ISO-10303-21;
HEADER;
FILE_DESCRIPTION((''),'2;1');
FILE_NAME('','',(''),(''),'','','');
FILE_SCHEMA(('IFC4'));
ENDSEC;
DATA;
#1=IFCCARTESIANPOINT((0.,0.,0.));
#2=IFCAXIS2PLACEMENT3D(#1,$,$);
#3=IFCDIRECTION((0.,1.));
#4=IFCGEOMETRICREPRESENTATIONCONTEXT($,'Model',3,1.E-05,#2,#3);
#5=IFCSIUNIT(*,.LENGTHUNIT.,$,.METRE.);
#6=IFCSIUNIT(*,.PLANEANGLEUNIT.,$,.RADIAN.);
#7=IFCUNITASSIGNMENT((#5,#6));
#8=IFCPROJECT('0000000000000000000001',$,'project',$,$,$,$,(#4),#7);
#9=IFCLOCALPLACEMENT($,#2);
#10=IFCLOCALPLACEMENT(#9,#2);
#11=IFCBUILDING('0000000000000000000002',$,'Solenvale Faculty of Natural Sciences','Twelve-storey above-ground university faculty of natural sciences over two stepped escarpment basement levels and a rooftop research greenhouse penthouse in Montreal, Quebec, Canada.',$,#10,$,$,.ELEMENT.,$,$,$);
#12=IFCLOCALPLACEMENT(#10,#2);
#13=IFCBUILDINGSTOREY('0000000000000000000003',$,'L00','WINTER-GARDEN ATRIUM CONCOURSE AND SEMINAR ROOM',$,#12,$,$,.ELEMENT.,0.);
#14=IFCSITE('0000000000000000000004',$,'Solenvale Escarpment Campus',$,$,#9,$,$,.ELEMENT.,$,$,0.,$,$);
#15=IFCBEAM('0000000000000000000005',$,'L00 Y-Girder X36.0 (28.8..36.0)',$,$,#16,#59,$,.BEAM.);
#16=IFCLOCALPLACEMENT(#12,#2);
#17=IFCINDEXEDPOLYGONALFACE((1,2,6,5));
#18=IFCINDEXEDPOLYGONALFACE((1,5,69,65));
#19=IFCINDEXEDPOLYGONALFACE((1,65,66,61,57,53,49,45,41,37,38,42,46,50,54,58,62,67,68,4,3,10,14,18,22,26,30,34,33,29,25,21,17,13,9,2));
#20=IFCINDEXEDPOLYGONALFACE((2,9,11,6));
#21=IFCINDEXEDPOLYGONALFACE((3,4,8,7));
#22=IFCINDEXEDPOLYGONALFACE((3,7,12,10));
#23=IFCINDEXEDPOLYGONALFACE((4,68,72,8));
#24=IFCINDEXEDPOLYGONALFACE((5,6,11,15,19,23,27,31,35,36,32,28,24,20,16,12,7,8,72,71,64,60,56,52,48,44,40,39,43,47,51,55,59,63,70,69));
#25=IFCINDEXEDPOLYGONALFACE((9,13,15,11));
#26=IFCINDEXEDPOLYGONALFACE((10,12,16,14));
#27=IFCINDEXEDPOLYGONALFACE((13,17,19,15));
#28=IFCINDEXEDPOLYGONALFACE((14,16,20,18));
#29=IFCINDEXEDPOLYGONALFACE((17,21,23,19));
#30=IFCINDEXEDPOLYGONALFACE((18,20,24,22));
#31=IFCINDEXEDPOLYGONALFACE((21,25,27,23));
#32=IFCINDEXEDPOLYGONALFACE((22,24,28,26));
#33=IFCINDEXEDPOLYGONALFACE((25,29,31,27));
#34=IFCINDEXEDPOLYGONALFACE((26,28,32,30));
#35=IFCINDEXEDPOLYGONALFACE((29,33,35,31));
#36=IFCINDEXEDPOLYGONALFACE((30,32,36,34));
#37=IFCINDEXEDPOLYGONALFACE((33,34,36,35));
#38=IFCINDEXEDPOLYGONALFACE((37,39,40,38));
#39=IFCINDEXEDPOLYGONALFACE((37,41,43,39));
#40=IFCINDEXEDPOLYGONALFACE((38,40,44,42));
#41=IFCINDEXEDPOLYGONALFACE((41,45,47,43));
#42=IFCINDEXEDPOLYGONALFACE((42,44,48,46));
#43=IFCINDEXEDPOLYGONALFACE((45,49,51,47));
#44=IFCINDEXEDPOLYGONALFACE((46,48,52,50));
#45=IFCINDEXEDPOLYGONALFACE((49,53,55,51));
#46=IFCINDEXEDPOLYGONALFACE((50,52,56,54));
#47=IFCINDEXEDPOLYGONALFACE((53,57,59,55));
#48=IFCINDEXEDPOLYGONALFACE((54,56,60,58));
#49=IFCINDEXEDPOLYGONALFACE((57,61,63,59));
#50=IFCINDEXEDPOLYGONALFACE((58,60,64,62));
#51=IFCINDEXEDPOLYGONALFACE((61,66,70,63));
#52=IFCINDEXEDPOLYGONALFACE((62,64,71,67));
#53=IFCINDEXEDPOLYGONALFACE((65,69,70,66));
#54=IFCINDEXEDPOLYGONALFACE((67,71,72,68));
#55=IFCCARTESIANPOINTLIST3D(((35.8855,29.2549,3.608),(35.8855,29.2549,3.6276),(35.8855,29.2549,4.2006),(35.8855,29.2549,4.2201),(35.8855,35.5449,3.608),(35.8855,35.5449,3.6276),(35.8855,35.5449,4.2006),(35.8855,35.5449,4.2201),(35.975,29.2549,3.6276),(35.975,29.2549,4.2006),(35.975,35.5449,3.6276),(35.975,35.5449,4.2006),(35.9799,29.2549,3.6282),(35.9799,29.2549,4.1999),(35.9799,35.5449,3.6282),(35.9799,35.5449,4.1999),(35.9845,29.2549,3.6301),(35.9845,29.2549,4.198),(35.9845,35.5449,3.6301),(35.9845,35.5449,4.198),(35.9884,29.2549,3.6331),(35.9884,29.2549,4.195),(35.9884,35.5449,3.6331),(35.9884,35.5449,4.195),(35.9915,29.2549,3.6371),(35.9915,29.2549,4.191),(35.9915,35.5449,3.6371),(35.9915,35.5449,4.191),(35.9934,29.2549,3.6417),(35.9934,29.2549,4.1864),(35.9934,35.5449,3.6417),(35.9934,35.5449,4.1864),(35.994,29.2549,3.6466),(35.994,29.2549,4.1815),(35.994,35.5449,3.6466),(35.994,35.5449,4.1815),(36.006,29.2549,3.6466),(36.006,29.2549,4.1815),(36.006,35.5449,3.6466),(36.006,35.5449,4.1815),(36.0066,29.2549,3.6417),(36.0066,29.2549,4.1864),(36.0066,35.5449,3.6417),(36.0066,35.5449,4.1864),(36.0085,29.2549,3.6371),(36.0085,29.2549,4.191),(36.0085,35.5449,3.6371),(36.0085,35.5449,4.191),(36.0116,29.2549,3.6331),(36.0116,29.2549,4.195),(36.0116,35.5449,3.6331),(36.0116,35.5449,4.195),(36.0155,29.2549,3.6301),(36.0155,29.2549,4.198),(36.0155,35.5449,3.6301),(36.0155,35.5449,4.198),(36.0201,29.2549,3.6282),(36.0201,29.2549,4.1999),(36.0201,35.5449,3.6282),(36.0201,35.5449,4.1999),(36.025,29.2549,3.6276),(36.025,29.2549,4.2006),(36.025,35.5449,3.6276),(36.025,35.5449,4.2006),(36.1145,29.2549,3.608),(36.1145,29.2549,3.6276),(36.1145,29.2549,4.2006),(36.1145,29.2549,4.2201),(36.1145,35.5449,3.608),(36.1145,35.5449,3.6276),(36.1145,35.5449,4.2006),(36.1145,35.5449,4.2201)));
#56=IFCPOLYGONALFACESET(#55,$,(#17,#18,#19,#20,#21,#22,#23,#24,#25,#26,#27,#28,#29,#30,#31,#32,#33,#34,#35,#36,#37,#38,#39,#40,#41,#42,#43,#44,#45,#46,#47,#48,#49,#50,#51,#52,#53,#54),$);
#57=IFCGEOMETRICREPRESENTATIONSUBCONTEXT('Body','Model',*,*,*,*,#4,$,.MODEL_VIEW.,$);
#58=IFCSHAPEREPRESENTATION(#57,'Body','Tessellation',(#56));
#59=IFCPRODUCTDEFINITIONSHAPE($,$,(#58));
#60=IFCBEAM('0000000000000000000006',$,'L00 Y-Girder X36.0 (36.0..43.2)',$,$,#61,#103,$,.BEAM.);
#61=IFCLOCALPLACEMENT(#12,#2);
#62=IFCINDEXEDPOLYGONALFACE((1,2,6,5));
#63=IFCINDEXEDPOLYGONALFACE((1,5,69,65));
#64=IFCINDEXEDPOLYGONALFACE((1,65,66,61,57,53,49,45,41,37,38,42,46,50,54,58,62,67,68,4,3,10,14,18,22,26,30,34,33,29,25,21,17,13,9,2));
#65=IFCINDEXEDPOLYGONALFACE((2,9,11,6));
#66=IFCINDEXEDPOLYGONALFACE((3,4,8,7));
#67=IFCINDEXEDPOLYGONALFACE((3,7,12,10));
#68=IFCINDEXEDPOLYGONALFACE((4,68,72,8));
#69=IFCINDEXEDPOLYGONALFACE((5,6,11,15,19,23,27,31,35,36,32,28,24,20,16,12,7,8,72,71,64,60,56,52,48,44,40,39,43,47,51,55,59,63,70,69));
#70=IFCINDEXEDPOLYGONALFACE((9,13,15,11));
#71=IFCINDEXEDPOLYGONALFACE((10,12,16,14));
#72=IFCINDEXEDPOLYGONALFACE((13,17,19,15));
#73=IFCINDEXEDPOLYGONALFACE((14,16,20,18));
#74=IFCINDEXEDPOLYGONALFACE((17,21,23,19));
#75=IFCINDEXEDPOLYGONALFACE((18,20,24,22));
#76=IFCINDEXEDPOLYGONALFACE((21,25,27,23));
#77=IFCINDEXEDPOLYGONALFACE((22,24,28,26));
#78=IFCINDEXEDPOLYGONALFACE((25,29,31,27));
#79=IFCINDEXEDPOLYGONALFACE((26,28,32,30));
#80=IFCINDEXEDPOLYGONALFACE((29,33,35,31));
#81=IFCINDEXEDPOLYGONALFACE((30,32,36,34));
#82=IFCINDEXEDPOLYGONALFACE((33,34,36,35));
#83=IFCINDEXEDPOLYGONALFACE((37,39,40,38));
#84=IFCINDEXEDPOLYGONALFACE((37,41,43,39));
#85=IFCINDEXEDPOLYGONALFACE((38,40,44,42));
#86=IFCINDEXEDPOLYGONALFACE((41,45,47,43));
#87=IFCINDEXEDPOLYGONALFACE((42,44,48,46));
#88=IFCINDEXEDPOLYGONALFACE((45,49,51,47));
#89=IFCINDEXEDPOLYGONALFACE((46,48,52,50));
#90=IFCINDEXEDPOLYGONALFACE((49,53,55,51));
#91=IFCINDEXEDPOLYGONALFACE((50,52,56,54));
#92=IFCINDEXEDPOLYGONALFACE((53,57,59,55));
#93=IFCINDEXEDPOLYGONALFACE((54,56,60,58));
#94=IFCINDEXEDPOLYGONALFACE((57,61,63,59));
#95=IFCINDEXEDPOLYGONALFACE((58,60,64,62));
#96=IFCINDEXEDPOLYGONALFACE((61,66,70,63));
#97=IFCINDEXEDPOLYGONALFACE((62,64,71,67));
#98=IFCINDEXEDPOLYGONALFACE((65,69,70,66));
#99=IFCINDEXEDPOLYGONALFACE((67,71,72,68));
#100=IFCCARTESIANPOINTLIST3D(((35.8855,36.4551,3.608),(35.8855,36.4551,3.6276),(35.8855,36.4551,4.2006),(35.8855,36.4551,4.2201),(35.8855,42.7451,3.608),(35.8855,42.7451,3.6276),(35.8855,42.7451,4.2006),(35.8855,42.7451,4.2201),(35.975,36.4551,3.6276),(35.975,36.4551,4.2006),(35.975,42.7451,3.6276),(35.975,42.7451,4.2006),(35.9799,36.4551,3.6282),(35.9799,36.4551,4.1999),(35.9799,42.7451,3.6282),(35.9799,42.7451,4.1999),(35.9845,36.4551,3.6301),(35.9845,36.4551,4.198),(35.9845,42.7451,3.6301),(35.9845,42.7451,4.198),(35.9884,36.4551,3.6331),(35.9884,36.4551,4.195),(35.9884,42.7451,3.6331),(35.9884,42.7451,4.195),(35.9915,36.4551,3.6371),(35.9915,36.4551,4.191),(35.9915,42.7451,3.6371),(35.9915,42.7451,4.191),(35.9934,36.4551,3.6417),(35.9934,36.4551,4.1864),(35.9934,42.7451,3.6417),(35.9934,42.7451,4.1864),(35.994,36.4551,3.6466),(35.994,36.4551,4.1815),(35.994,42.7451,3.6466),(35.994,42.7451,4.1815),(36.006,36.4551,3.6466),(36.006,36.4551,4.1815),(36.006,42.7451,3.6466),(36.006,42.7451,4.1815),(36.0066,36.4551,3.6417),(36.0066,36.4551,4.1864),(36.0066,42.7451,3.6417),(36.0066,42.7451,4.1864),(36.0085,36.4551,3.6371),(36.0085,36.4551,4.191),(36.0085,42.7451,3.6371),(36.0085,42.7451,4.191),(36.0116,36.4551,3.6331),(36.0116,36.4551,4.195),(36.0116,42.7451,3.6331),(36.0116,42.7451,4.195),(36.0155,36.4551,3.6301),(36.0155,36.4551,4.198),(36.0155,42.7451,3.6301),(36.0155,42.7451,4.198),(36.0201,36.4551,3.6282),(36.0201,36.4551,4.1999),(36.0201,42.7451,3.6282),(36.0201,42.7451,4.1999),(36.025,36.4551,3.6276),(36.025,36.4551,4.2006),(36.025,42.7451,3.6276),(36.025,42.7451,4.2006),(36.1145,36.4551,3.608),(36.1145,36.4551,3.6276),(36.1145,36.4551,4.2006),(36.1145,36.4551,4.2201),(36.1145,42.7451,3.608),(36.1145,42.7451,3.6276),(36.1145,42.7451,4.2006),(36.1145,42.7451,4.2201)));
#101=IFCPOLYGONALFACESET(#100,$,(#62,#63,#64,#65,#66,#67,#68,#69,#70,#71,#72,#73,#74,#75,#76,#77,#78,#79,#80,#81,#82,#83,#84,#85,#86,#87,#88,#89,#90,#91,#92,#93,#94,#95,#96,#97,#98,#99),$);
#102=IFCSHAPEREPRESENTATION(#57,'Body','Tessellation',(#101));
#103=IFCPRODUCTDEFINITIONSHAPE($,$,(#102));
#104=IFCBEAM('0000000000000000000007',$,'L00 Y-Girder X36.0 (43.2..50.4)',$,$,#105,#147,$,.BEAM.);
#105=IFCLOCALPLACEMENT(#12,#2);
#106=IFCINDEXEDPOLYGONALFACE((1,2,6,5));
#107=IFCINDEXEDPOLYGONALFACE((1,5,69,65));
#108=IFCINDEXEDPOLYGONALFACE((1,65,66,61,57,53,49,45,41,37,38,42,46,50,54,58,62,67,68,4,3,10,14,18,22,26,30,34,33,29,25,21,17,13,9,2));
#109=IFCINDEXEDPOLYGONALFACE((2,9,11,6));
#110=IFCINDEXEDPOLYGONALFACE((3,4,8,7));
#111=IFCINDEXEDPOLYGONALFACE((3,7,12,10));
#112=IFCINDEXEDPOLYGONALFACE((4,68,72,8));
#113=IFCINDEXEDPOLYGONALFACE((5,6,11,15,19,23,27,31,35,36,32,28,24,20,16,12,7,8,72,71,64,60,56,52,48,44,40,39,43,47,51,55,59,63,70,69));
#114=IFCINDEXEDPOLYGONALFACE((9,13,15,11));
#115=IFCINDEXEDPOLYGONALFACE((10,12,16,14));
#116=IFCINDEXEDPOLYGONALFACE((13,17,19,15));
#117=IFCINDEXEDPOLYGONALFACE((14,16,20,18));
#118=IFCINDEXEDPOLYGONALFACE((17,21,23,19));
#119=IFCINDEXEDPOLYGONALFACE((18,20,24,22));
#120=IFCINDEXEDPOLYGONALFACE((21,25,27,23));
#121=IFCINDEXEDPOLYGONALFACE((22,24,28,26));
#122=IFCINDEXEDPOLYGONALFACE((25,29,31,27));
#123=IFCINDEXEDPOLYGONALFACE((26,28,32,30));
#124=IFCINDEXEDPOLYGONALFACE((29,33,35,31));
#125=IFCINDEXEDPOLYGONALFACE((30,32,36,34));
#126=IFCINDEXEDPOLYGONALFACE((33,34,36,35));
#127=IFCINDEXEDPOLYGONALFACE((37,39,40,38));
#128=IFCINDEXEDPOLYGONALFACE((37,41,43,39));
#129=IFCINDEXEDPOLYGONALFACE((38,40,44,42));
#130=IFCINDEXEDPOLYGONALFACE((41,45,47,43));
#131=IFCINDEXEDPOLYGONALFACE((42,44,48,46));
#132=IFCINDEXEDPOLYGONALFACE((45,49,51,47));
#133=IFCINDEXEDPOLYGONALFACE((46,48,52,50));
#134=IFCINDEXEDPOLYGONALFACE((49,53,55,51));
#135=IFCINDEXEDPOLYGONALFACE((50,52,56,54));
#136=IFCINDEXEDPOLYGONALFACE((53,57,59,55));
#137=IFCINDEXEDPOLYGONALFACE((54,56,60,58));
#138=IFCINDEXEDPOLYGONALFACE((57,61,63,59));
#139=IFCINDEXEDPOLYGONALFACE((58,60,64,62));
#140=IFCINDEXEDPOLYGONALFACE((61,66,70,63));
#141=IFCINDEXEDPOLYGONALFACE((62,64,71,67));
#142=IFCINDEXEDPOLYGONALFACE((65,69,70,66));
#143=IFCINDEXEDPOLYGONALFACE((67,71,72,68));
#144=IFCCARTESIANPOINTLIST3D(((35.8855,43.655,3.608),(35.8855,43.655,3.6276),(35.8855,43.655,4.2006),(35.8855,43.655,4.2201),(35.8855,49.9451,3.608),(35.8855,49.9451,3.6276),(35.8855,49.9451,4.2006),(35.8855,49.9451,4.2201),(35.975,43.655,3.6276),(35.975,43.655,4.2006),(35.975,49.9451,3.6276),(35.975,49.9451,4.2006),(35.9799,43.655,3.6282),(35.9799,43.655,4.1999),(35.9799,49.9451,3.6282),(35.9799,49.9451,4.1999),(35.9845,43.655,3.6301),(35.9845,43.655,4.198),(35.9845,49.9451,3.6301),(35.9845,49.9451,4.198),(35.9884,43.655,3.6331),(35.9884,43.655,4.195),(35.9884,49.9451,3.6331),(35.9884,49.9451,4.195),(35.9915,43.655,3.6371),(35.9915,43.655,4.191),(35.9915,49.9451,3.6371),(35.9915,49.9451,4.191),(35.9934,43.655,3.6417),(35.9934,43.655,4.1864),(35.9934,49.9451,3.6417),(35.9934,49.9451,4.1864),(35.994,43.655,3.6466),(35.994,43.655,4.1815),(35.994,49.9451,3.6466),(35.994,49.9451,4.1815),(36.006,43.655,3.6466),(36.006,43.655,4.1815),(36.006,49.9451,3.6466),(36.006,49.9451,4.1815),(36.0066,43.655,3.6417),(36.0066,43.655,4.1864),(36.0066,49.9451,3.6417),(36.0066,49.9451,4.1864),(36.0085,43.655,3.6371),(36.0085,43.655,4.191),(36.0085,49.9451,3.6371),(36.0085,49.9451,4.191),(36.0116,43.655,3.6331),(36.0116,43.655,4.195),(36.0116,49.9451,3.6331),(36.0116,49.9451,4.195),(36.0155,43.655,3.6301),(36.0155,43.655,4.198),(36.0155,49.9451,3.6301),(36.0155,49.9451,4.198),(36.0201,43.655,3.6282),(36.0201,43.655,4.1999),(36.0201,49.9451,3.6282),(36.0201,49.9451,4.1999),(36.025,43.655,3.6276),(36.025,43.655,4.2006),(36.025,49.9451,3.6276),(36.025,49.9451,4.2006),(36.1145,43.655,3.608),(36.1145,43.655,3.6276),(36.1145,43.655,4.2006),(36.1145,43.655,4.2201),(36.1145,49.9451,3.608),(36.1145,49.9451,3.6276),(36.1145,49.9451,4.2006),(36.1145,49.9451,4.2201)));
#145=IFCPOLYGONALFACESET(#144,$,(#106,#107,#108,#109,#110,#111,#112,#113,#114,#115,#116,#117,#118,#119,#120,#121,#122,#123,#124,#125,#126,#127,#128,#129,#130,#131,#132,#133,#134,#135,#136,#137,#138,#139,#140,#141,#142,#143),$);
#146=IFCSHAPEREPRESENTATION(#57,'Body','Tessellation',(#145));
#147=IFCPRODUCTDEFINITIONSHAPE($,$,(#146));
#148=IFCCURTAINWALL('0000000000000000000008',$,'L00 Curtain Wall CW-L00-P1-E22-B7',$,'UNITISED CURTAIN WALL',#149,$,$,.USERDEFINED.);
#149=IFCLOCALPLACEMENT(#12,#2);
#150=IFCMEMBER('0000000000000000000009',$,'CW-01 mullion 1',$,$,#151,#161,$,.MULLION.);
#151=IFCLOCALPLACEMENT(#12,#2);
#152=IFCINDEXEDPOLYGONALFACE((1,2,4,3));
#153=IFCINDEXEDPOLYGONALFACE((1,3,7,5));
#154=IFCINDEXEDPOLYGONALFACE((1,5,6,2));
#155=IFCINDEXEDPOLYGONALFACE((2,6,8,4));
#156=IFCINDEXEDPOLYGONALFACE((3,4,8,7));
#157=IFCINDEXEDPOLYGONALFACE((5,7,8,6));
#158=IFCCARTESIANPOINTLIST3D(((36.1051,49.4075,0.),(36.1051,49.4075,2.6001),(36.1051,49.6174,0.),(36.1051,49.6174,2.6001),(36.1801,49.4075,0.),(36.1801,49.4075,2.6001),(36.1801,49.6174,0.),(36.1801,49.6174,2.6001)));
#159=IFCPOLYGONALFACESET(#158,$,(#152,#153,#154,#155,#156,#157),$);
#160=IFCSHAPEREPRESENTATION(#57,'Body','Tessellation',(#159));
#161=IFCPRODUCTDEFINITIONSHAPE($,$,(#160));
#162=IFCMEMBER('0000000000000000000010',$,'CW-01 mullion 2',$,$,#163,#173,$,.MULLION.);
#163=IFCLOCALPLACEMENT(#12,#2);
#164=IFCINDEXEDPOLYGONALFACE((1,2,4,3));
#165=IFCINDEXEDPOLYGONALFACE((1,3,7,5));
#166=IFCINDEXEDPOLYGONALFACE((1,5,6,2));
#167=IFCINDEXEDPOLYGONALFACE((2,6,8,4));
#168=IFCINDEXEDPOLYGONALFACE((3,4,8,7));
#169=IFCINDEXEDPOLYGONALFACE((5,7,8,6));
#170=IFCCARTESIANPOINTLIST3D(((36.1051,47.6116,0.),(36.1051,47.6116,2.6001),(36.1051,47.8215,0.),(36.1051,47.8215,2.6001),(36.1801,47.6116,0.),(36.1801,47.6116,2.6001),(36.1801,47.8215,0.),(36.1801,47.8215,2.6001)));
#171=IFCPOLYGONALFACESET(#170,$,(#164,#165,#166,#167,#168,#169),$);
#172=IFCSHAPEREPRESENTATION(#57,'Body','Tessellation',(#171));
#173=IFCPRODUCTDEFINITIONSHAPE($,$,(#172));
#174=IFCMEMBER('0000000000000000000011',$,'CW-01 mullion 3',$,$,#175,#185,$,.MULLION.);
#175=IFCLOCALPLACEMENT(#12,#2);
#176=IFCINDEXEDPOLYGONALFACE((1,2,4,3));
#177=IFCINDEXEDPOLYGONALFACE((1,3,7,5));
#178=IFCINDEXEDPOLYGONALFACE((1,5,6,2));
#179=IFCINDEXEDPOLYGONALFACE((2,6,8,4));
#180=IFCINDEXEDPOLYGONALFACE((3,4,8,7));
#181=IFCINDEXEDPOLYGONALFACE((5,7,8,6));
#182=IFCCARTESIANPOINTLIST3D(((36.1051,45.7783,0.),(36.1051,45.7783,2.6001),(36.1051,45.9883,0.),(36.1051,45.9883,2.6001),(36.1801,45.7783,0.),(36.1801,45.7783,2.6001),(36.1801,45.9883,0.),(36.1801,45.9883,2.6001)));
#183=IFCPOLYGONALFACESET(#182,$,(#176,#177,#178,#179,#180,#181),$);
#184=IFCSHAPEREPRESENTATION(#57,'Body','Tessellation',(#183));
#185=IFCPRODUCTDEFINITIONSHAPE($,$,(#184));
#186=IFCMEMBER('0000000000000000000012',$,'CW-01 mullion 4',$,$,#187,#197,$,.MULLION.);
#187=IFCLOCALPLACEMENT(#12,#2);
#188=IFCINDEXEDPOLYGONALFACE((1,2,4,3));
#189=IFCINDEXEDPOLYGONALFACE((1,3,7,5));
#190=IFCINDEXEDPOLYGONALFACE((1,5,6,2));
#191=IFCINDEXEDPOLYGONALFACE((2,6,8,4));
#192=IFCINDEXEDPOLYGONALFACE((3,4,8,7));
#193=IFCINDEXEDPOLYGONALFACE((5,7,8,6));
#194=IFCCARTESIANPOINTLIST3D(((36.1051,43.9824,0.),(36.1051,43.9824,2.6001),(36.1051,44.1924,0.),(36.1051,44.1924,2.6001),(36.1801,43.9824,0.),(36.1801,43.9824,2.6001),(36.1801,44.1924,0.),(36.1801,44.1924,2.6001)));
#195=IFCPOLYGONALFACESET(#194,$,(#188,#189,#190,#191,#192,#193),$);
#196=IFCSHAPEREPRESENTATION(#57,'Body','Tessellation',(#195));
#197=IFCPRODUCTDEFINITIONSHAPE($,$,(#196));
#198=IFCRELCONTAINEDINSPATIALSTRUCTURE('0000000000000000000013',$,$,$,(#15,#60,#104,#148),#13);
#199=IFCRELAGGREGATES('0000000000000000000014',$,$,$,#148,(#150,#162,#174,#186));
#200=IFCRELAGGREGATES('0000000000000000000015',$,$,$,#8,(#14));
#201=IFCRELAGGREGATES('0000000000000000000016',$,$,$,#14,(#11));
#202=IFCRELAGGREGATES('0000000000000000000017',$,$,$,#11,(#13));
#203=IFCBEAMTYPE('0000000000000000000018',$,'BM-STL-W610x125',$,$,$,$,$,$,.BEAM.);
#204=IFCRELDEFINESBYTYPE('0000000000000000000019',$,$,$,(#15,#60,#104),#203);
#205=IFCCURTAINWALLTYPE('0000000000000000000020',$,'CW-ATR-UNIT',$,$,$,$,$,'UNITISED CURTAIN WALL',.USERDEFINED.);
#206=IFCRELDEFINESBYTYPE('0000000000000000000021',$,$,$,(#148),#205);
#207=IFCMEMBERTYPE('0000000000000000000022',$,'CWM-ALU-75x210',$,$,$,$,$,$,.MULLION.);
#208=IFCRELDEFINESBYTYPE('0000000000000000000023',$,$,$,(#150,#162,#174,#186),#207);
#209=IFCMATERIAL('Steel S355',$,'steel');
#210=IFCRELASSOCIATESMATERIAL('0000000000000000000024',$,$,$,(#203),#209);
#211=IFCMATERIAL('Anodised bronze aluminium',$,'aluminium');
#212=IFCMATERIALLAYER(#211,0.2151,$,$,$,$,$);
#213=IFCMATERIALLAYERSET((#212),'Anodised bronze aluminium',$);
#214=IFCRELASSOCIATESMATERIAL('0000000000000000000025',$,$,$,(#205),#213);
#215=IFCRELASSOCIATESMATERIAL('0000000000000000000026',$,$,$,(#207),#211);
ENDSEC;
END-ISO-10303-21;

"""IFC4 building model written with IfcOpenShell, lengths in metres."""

from ifc_helpers import new_model, si_unit, direction, frame, origin, origin_2d, place, context, subcontext, project, spatial, rectangle, i_section, extrude, material, layer, layer_set, material_profile, profile_set, type_object, element, aggregate, save


model = new_model("IFC4")

# Units and contexts
model_context = context("Model", 3, precision=1e-05, world=origin(), true_north=direction((0.0, 1.0)))
body_context = subcontext(model_context, "Body", "Model", "MODEL_VIEW")
ifc_project = project(units=[si_unit("LENGTHUNIT", "METRE"), si_unit("PLANEANGLEUNIT", "RADIAN")], contexts=[model_context])

# Site, building, storey
site_placement = place(None, origin())
site = spatial("IfcSite", under=ifc_project, at=site_placement, Name="Solenvale Escarpment Campus", CompositionType="ELEMENT", RefElevation=0.0)
building_placement = place(site_placement, origin())
building = spatial("IfcBuilding", under=site, at=building_placement, Name="Solenvale Faculty of Natural Sciences", Description="Twelve-storey above-ground university faculty of natural sciences over two stepped escarpment basement levels and a rooftop research greenhouse penthouse in Montreal, Quebec, Canada.", CompositionType="ELEMENT")
storey_placement = place(building_placement, origin())
storey = spatial("IfcBuildingStorey", under=building, at=storey_placement, Name="L00", Description="WINTER-GARDEN ATRIUM CONCOURSE AND SEMINAR ROOM", CompositionType="ELEMENT", Elevation=0.0)

# Beams
ifc_material_1 = material(Name="Steel S355", Category="steel")
ifc_material_profile_1 = material_profile(ifc_material_1, i_section(OverallWidth=0.229, OverallDepth=0.6121, WebThickness=0.012, FlangeThickness=0.0195, FilletRadius=0.019, at=origin_2d()), Name="W610x125")
ifc_profile_set_1 = profile_set([ifc_material_profile_1], Name="Steel S355")
beam_type_1 = type_object("IfcBeamType", Name="BM-STL-W610x125", PredefinedType="BEAM", material=ifc_profile_set_1)
for number, where, z_axis, x_axis, name in (
    (1, (36.0, 29.2549, 3.9141), (0.0, 1.0, 0.0), (-1.0, 0.0, 0.0), "L00 Y-Girder X36.0 (28.8..36.0)"),
    (2, (36.0, 36.4551, 3.9141), (0.0, 1.0, 0.0), (-1.0, 0.0, 0.0), "L00 Y-Girder X36.0 (36.0..43.2)"),
    (3, (36.0, 43.655, 3.9141), (0.0, 1.0, 0.0), (-1.0, 0.0, 0.0), "L00 Y-Girder X36.0 (43.2..50.4)"),
):
    element("IfcBeam", number, at=place(storey_placement, frame(where, z_axis=z_axis, x_axis=x_axis)), inside=storey, type_object=beam_type_1, Name=name, PredefinedType="BEAM", context=body_context, shape_type="SweptSolid", body=[
        extrude(i_section(OverallWidth=0.229, OverallDepth=0.6121, WebThickness=0.012, FlangeThickness=0.0195, FilletRadius=0.019, at=origin_2d()), origin(), (0.0, 0.0, 1.0), 6.29),
    ])

# Curtain wall, members
ifc_material_2 = material(Name="Anodised bronze aluminium", Category="aluminium")
ifc_layer_1 = layer(ifc_material_2, 0.2151)
ifc_layer_set_1 = layer_set([ifc_layer_1], Name="Anodised bronze aluminium")
curtain_wall_type = type_object("IfcCurtainWallType", Name="CW-ATR-UNIT", ElementType="UNITISED CURTAIN WALL", PredefinedType="USERDEFINED", material=ifc_layer_set_1)
curtain_wall_placement = place(storey_placement, origin())
curtain_wall = element("IfcCurtainWall", 4, at=curtain_wall_placement, inside=storey, type_object=curtain_wall_type, Name="L00 Curtain Wall CW-L00-P1-E22-B7", ObjectType="UNITISED CURTAIN WALL", PredefinedType="USERDEFINED")
ifc_material_profile_2 = material_profile(ifc_material_2, rectangle(XDim=0.075, YDim=0.21, at=origin_2d()), Name="ALU-MUL-75x210")
ifc_profile_set_2 = profile_set([ifc_material_profile_2], Name="Anodised bronze aluminium")
member_type_1 = type_object("IfcMemberType", Name="CWM-ALU-75x210", PredefinedType="MULLION", material=ifc_profile_set_2)
member_1_placement = place(storey_placement, frame((36.1426, 49.5125, 0.0), z_axis=(0.0, 0.0, 1.0), x_axis=(1.0, 0.0, 0.0)))
member_1 = element("IfcMember", 5, at=member_1_placement, type_object=member_type_1, Name="CW-01 mullion 1", PredefinedType="MULLION", context=body_context, shape_type="SweptSolid", body=[
    extrude(rectangle(XDim=0.075, YDim=0.21, at=origin_2d()), origin(), (0.0, 0.0, 1.0), 2.6001),
])
member_2_placement = place(storey_placement, frame((36.1426, 47.7166, 0.0), z_axis=(0.0, 0.0, 1.0), x_axis=(1.0, 0.0, 0.0)))
member_2 = element("IfcMember", 6, at=member_2_placement, type_object=member_type_1, Name="CW-01 mullion 2", PredefinedType="MULLION", context=body_context, shape_type="SweptSolid", body=[
    extrude(rectangle(XDim=0.075, YDim=0.21, at=origin_2d()), origin(), (0.0, 0.0, 1.0), 2.6001),
])
member_3_placement = place(storey_placement, frame((36.1426, 45.8833, 0.0), z_axis=(0.0, 0.0, 1.0), x_axis=(1.0, 0.0, 0.0)))
member_3 = element("IfcMember", 7, at=member_3_placement, type_object=member_type_1, Name="CW-01 mullion 3", PredefinedType="MULLION", context=body_context, shape_type="SweptSolid", body=[
    extrude(rectangle(XDim=0.075, YDim=0.21, at=origin_2d()), origin(), (0.0, 0.0, 1.0), 2.6001),
])
member_4_placement = place(storey_placement, frame((36.1426, 44.0874, 0.0), z_axis=(0.0, 0.0, 1.0), x_axis=(1.0, 0.0, 0.0)))
member_4 = element("IfcMember", 8, at=member_4_placement, type_object=member_type_1, Name="CW-01 mullion 4", PredefinedType="MULLION", context=body_context, shape_type="SweptSolid", body=[
    extrude(rectangle(XDim=0.075, YDim=0.21, at=origin_2d()), origin(), (0.0, 0.0, 1.0), 2.6001),
])
aggregate(curtain_wall, [member_1, member_2, member_3, member_4])

save(model, "model.ifc")
